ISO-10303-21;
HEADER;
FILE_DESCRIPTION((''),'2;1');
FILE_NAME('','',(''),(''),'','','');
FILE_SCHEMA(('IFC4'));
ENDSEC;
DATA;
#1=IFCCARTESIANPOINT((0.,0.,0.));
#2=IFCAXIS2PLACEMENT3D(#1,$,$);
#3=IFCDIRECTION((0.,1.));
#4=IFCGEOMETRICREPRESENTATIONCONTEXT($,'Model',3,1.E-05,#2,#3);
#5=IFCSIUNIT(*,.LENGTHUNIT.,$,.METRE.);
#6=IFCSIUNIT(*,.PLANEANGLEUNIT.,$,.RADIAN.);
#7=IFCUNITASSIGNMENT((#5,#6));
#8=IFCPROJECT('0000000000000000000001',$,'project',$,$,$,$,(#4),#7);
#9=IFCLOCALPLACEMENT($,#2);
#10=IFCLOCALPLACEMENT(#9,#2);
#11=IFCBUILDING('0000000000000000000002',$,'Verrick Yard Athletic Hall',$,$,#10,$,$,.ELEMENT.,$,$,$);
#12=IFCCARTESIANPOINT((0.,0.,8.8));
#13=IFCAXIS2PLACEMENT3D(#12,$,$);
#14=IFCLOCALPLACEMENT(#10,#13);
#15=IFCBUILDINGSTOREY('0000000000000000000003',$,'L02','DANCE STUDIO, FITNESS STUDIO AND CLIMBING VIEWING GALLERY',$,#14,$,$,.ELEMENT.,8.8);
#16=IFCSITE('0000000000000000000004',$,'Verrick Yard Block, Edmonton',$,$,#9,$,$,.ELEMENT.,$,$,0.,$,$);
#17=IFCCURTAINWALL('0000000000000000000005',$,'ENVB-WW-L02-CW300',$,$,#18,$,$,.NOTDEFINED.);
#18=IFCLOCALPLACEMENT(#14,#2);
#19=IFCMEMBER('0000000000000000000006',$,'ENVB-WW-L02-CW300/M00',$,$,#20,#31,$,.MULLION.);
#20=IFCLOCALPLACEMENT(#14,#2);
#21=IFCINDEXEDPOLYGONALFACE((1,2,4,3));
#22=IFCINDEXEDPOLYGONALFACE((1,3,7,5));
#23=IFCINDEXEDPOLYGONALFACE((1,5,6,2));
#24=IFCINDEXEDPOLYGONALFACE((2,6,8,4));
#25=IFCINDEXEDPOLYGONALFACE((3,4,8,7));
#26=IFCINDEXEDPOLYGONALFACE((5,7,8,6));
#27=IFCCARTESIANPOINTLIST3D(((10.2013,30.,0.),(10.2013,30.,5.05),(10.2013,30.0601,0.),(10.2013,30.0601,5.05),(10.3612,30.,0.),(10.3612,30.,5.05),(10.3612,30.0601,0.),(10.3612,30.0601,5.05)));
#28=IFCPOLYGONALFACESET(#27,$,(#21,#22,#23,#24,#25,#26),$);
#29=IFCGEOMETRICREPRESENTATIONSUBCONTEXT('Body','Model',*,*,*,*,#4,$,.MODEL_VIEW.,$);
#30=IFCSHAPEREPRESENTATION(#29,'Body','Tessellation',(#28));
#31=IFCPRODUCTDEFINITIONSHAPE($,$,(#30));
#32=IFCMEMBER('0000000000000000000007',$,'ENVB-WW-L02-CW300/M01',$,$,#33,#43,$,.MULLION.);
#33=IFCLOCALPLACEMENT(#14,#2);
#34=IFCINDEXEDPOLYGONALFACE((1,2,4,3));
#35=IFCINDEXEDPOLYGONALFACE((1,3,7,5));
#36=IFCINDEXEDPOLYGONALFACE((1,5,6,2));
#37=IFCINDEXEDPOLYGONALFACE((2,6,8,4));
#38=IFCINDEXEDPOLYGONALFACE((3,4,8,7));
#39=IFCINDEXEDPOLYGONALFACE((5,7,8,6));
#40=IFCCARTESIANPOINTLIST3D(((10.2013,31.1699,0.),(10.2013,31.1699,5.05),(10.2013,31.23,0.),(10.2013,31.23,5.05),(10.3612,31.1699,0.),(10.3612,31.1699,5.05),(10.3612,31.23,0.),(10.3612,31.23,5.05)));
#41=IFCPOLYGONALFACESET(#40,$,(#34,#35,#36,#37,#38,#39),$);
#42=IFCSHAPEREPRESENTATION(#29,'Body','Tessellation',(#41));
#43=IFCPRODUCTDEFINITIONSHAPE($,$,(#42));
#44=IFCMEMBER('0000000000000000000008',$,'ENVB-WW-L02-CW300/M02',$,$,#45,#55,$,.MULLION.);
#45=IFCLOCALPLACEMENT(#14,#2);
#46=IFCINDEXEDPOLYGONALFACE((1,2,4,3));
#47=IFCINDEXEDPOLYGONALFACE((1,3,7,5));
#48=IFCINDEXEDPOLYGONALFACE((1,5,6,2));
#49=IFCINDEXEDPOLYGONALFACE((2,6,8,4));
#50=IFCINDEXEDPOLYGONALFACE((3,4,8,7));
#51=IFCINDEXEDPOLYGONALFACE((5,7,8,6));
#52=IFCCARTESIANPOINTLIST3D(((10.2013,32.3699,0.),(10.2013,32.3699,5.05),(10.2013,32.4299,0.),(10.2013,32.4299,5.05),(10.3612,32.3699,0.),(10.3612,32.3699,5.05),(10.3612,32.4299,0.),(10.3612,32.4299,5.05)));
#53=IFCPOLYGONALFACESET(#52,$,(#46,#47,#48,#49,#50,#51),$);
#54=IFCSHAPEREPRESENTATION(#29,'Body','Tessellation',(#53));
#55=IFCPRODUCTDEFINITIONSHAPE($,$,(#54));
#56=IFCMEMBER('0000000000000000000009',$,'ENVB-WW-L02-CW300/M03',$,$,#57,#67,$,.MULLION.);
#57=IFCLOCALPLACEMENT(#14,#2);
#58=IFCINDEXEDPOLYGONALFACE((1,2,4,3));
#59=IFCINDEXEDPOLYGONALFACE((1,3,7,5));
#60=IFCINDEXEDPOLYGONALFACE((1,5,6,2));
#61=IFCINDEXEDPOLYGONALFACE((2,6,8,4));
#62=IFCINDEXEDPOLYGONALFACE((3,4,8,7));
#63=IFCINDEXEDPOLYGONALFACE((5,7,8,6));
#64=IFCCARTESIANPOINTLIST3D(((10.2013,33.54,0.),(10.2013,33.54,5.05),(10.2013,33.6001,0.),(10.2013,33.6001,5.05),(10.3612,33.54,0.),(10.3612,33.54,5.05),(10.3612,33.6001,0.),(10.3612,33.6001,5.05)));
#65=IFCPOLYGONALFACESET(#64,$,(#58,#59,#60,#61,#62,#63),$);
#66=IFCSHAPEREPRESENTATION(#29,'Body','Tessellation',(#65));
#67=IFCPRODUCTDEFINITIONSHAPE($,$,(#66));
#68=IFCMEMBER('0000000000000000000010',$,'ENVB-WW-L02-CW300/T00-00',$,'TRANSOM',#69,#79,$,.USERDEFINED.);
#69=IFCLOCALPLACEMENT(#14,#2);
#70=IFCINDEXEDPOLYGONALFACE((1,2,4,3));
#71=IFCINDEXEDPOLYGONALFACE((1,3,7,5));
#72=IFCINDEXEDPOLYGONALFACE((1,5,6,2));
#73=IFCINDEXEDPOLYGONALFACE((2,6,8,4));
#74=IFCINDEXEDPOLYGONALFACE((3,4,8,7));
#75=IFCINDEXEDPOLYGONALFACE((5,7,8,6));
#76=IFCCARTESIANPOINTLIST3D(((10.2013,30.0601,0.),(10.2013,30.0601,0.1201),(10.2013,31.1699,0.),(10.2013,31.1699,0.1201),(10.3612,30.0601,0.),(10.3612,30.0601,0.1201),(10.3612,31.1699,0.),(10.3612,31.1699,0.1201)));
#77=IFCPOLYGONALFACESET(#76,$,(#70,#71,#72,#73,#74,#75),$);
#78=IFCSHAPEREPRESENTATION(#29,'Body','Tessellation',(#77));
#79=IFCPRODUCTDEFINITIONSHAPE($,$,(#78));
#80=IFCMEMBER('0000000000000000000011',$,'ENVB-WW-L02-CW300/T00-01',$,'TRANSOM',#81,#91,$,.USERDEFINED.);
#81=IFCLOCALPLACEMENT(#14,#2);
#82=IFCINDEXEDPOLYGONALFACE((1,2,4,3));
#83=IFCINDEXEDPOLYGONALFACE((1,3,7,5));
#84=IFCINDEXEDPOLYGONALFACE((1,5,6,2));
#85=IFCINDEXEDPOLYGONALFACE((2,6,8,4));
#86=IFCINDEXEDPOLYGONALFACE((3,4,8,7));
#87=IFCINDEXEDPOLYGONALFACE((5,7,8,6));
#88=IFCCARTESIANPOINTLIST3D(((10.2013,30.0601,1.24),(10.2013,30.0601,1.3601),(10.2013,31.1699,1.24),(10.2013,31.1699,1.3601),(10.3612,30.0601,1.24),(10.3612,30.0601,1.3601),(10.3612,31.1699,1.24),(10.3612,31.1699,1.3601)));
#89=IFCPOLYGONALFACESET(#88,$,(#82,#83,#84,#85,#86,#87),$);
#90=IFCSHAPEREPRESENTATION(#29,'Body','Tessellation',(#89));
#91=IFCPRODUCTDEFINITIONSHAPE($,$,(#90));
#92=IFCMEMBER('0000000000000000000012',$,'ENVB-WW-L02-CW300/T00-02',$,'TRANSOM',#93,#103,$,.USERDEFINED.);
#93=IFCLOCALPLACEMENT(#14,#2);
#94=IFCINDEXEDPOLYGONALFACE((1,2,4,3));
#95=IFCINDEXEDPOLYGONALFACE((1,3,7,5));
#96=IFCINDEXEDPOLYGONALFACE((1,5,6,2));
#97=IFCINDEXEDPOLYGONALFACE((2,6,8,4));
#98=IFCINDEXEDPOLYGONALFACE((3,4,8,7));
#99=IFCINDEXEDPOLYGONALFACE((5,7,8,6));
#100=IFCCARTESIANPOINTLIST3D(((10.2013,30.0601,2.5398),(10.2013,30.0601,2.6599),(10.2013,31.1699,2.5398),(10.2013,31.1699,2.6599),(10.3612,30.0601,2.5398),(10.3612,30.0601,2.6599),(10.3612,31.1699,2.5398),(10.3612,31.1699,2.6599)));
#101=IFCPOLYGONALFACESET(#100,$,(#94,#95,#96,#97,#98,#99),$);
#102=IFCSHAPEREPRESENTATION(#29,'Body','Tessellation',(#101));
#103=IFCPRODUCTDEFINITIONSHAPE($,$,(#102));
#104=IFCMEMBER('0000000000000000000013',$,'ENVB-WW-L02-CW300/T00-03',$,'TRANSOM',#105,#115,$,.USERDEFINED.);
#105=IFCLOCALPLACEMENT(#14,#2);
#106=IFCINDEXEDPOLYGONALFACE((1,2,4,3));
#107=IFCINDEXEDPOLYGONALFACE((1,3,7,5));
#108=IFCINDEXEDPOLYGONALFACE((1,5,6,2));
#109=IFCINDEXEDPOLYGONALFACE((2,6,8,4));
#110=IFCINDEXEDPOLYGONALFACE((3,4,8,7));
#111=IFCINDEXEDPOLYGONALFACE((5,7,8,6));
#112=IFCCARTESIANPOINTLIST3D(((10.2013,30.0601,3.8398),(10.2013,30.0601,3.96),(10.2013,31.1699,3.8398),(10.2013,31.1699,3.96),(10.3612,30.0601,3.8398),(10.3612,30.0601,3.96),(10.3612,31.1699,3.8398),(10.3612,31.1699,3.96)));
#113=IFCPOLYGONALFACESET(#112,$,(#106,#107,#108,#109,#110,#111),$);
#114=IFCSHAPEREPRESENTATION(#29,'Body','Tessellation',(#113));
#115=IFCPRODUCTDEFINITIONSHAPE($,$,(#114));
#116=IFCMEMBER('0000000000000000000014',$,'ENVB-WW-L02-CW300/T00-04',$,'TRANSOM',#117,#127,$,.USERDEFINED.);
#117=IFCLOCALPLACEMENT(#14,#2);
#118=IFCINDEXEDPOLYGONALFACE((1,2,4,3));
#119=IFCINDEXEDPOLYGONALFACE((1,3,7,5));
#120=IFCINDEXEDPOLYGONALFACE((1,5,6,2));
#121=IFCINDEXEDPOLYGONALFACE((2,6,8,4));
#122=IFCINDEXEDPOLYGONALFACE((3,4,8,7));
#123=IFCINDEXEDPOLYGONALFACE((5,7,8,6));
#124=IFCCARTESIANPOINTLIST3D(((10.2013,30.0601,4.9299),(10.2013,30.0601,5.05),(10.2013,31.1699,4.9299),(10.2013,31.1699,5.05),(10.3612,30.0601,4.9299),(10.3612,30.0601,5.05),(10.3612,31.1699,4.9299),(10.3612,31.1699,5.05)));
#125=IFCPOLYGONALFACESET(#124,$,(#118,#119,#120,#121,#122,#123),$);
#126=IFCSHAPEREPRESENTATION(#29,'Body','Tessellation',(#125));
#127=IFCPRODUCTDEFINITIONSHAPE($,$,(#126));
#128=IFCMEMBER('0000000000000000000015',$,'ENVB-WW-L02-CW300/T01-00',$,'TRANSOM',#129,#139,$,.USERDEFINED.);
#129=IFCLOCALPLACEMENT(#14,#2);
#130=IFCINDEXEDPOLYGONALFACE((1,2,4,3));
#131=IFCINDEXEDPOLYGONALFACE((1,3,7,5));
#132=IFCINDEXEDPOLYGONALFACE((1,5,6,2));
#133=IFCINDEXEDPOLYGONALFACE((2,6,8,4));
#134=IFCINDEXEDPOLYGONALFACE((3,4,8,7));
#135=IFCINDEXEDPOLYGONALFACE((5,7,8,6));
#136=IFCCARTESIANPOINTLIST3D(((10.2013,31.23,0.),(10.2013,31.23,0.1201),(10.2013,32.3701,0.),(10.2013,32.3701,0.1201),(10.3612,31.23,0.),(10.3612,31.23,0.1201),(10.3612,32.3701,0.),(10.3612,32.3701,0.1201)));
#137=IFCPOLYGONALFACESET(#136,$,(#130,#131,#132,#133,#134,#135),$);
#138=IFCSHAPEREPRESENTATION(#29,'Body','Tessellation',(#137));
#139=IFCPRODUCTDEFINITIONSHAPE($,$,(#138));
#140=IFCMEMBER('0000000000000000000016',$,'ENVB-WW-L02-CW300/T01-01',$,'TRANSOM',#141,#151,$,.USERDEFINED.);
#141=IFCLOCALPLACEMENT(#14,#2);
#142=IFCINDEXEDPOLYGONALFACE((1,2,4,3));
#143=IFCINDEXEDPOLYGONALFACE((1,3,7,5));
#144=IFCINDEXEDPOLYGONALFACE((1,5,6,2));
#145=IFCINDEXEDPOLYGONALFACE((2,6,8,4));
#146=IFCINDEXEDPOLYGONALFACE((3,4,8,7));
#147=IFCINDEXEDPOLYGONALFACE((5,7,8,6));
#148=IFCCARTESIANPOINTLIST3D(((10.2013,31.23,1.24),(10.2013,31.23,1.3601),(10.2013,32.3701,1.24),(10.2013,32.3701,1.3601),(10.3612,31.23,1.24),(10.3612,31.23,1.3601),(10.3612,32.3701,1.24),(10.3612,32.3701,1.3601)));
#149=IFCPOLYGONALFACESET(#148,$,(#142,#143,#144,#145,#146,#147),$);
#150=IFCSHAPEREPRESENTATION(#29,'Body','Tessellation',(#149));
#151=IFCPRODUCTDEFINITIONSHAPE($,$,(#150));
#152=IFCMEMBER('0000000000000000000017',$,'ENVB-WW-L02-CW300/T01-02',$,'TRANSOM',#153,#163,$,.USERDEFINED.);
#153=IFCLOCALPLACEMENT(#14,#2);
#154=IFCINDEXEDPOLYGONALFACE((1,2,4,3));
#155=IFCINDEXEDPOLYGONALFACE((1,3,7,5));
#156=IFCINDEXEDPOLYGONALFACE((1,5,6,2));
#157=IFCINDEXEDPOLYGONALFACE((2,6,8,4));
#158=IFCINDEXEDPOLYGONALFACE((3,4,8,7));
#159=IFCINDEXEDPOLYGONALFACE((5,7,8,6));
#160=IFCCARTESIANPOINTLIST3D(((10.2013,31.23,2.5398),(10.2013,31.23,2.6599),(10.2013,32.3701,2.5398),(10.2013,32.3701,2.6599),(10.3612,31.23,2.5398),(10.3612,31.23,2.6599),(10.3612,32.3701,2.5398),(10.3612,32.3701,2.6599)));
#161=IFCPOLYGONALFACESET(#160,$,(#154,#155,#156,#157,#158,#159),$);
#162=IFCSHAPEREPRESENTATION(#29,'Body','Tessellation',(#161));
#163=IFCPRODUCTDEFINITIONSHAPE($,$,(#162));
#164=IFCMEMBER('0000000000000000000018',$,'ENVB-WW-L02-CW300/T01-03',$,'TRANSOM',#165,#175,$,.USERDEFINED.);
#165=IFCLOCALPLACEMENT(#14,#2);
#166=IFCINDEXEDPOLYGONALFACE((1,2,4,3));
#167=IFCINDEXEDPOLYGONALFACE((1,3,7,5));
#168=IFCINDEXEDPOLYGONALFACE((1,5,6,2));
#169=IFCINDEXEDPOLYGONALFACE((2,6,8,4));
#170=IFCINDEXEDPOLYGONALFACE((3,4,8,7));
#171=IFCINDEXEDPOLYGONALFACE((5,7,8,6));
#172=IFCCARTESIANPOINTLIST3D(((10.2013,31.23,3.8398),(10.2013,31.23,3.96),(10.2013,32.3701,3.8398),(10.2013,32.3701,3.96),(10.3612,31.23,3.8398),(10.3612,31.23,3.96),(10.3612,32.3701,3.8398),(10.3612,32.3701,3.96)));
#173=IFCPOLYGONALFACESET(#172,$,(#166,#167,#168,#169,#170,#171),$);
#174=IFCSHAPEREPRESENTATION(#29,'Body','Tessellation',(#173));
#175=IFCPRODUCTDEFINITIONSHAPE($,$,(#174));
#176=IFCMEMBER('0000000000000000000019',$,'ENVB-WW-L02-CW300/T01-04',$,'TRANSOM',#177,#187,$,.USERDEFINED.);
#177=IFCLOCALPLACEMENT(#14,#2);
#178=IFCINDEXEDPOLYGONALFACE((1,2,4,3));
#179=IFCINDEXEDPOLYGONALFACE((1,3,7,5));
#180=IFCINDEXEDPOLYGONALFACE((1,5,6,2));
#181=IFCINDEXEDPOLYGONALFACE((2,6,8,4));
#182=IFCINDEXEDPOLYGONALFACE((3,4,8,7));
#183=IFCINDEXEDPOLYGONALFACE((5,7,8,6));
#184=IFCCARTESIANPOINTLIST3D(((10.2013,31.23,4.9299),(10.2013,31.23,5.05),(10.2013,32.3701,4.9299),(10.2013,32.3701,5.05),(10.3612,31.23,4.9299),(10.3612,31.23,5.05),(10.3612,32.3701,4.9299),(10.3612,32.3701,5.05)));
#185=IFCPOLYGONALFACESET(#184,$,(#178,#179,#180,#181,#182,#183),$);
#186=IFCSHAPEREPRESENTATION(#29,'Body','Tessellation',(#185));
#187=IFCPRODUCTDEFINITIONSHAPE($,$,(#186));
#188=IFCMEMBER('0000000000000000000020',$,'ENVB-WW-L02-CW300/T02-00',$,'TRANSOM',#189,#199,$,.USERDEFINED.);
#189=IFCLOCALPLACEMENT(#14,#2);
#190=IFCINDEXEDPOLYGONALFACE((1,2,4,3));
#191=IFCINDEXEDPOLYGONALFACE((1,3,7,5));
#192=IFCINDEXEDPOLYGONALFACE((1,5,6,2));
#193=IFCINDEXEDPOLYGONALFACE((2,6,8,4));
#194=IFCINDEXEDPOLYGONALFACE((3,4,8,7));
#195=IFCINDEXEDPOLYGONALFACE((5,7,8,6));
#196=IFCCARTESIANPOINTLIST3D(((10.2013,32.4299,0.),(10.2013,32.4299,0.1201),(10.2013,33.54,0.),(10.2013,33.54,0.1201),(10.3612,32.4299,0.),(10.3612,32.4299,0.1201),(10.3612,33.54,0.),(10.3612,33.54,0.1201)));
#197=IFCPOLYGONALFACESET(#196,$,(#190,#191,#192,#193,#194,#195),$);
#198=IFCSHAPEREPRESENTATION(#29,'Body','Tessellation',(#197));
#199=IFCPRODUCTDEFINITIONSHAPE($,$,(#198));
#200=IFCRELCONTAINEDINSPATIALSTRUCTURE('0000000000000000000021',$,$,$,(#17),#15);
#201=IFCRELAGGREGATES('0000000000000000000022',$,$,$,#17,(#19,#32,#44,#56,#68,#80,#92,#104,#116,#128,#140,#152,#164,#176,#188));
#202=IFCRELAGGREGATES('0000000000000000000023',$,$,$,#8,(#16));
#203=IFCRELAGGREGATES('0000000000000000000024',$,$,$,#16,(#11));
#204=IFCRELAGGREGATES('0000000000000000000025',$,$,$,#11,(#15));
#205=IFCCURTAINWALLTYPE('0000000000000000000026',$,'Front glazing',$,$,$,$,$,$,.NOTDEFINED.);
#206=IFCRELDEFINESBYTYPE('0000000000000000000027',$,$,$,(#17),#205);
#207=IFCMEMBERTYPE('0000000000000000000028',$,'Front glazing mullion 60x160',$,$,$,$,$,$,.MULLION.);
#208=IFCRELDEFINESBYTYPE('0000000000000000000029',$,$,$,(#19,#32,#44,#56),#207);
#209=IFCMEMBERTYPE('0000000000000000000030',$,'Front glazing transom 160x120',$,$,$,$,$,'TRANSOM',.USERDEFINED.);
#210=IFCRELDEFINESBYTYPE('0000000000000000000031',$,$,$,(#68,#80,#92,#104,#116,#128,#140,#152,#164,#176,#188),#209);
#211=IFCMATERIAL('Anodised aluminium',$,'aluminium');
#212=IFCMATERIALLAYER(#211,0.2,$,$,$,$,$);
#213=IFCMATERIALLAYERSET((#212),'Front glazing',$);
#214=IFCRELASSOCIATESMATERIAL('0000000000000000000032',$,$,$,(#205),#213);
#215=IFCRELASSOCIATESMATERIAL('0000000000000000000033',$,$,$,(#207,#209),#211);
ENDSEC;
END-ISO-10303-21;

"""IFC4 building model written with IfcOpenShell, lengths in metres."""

from ifc_helpers import new_model, si_unit, direction, frame, origin, origin_2d, place, context, subcontext, project, spatial, rectangle, extrude, material, layer, layer_set, material_profile, profile_set, type_object, element, aggregate, save


model = new_model("IFC4")

# Units and contexts
model_context = context("Model", 3, precision=1e-05, world=origin(), true_north=direction((0.0, 1.0)))
body_context = subcontext(model_context, "Body", "Model", "MODEL_VIEW")
ifc_project = project(units=[si_unit("LENGTHUNIT", "METRE"), si_unit("PLANEANGLEUNIT", "RADIAN")], contexts=[model_context])

# Site, building, storey
site_placement = place(None, origin())
site = spatial("IfcSite", under=ifc_project, at=site_placement, Name="Verrick Yard Block, Edmonton", CompositionType="ELEMENT", RefElevation=0.0)
building_placement = place(site_placement, origin())
building = spatial("IfcBuilding", under=site, at=building_placement, Name="Verrick Yard Athletic Hall", CompositionType="ELEMENT")
storey_placement = place(building_placement, frame((0.0, 0.0, 8.8)))
storey = spatial("IfcBuildingStorey", under=building, at=storey_placement, Name="L02", Description="DANCE STUDIO, FITNESS STUDIO AND CLIMBING VIEWING GALLERY", CompositionType="ELEMENT", Elevation=8.8)

# Curtain wall, members
ifc_material_1 = material(Name="Anodised aluminium", Category="aluminium")
ifc_layer_1 = layer(ifc_material_1, 0.2)
ifc_layer_set_1 = layer_set([ifc_layer_1], Name="Front glazing")
curtain_wall_type = type_object("IfcCurtainWallType", Name="Front glazing", PredefinedType="NOTDEFINED", material=ifc_layer_set_1)
curtain_wall_placement = place(storey_placement, origin())
curtain_wall = element("IfcCurtainWall", 1, at=curtain_wall_placement, inside=storey, type_object=curtain_wall_type, Name="ENVB-WW-L02-CW300", PredefinedType="NOTDEFINED")
ifc_material_profile_1 = material_profile(ifc_material_1, rectangle(XDim=0.1599, YDim=0.0601, at=origin_2d()), Name="CW mullion 60x160")
ifc_profile_set_1 = profile_set([ifc_material_profile_1], Name="Anodised aluminium")
member_type_1 = type_object("IfcMemberType", Name="Front glazing mullion 60x160", PredefinedType="MULLION", material=ifc_profile_set_1)
member_1_placement = place(storey_placement, frame((10.2812, 30.03, 0.0), z_axis=(0.0, 0.0, 1.0), x_axis=(-1.0, 0.0, 0.0)))
member_1 = element("IfcMember", 2, at=member_1_placement, type_object=member_type_1, Name="ENVB-WW-L02-CW300/M00", PredefinedType="MULLION", context=body_context, shape_type="SweptSolid", body=[
    extrude(rectangle(XDim=0.1599, YDim=0.0601, at=origin_2d()), origin(), (0.0, 0.0, 1.0), 5.05),
])
member_2_placement = place(storey_placement, frame((10.2812, 31.2, 0.0), z_axis=(0.0, 0.0, 1.0), x_axis=(-1.0, 0.0, 0.0)))
member_2 = element("IfcMember", 3, at=member_2_placement, type_object=member_type_1, Name="ENVB-WW-L02-CW300/M01", PredefinedType="MULLION", context=body_context, shape_type="SweptSolid", body=[
    extrude(rectangle(XDim=0.1599, YDim=0.0601, at=origin_2d()), origin(), (0.0, 0.0, 1.0), 5.05),
])
member_3_placement = place(storey_placement, frame((10.2812, 32.3999, 0.0), z_axis=(0.0, 0.0, 1.0), x_axis=(-1.0, 0.0, 0.0)))
member_3 = element("IfcMember", 4, at=member_3_placement, type_object=member_type_1, Name="ENVB-WW-L02-CW300/M02", PredefinedType="MULLION", context=body_context, shape_type="SweptSolid", body=[
    extrude(rectangle(XDim=0.1599, YDim=0.0601, at=origin_2d()), origin(), (0.0, 0.0, 1.0), 5.05),
])
member_4_placement = place(storey_placement, frame((10.2812, 33.5701, 0.0), z_axis=(0.0, 0.0, 1.0), x_axis=(-1.0, 0.0, 0.0)))
member_4 = element("IfcMember", 5, at=member_4_placement, type_object=member_type_1, Name="ENVB-WW-L02-CW300/M03", PredefinedType="MULLION", context=body_context, shape_type="SweptSolid", body=[
    extrude(rectangle(XDim=0.1599, YDim=0.0601, at=origin_2d()), origin(), (0.0, 0.0, 1.0), 5.05),
])
ifc_material_profile_2 = material_profile(ifc_material_1, rectangle(XDim=0.1599, YDim=0.1201, at=origin_2d()), Name="CW transom 160x120")
ifc_profile_set_2 = profile_set([ifc_material_profile_2], Name="Anodised aluminium")
member_type_2 = type_object("IfcMemberType", Name="Front glazing transom 160x120", ElementType="TRANSOM", PredefinedType="USERDEFINED", material=ifc_profile_set_2)
member_5_placement = place(storey_placement, frame((10.2812, 30.0601, 0.0601), z_axis=(0.0, 1.0, 0.0), x_axis=(-1.0, 0.0, 0.0)))
member_5 = element("IfcMember", 6, at=member_5_placement, type_object=member_type_2, Name="ENVB-WW-L02-CW300/T00-00", ObjectType="TRANSOM", PredefinedType="USERDEFINED", context=body_context, shape_type="SweptSolid", body=[
    extrude(rectangle(XDim=0.1599, YDim=0.1201, at=origin_2d()), origin(), (0.0, 0.0, 1.0), 1.1099),
])
member_6_placement = place(storey_placement, frame((10.2812, 30.0601, 1.3), z_axis=(0.0, 1.0, 0.0), x_axis=(-1.0, 0.0, 0.0)))
member_6 = element("IfcMember", 7, at=member_6_placement, type_object=member_type_2, Name="ENVB-WW-L02-CW300/T00-01", ObjectType="TRANSOM", PredefinedType="USERDEFINED", context=body_context, shape_type="SweptSolid", body=[
    extrude(rectangle(XDim=0.1599, YDim=0.1201, at=origin_2d()), origin(), (0.0, 0.0, 1.0), 1.1099),
])
member_7_placement = place(storey_placement, frame((10.2812, 30.0601, 2.5999), z_axis=(0.0, 1.0, 0.0), x_axis=(-1.0, 0.0, 0.0)))
member_7 = element("IfcMember", 8, at=member_7_placement, type_object=member_type_2, Name="ENVB-WW-L02-CW300/T00-02", ObjectType="TRANSOM", PredefinedType="USERDEFINED", context=body_context, shape_type="SweptSolid", body=[
    extrude(rectangle(XDim=0.1599, YDim=0.1201, at=origin_2d()), origin(), (0.0, 0.0, 1.0), 1.1099),
])
member_8_placement = place(storey_placement, frame((10.2812, 30.0601, 3.8999), z_axis=(0.0, 1.0, 0.0), x_axis=(-1.0, 0.0, 0.0)))
member_8 = element("IfcMember", 9, at=member_8_placement, type_object=member_type_2, Name="ENVB-WW-L02-CW300/T00-03", ObjectType="TRANSOM", PredefinedType="USERDEFINED", context=body_context, shape_type="SweptSolid", body=[
    extrude(rectangle(XDim=0.1599, YDim=0.1201, at=origin_2d()), origin(), (0.0, 0.0, 1.0), 1.1099),
])
member_9_placement = place(storey_placement, frame((10.2812, 30.0601, 4.99), z_axis=(0.0, 1.0, 0.0), x_axis=(-1.0, 0.0, 0.0)))
member_9 = element("IfcMember", 10, at=member_9_placement, type_object=member_type_2, Name="ENVB-WW-L02-CW300/T00-04", ObjectType="TRANSOM", PredefinedType="USERDEFINED", context=body_context, shape_type="SweptSolid", body=[
    extrude(rectangle(XDim=0.1599, YDim=0.1201, at=origin_2d()), origin(), (0.0, 0.0, 1.0), 1.1099),
])
member_10_placement = place(storey_placement, frame((10.2812, 31.23, 0.0601), z_axis=(0.0, 1.0, 0.0), x_axis=(-1.0, 0.0, 0.0)))
member_10 = element("IfcMember", 11, at=member_10_placement, type_object=member_type_2, Name="ENVB-WW-L02-CW300/T01-00", ObjectType="TRANSOM", PredefinedType="USERDEFINED", context=body_context, shape_type="SweptSolid", body=[
    extrude(rectangle(XDim=0.1599, YDim=0.1201, at=origin_2d()), origin(), (0.0, 0.0, 1.0), 1.1401),
])
member_11_placement = place(storey_placement, frame((10.2812, 31.23, 1.3), z_axis=(0.0, 1.0, 0.0), x_axis=(-1.0, 0.0, 0.0)))
member_11 = element("IfcMember", 12, at=member_11_placement, type_object=member_type_2, Name="ENVB-WW-L02-CW300/T01-01", ObjectType="TRANSOM", PredefinedType="USERDEFINED", context=body_context, shape_type="SweptSolid", body=[
    extrude(rectangle(XDim=0.1599, YDim=0.1201, at=origin_2d()), origin(), (0.0, 0.0, 1.0), 1.1401),
])
member_12_placement = place(storey_placement, frame((10.2812, 31.23, 2.5999), z_axis=(0.0, 1.0, 0.0), x_axis=(-1.0, 0.0, 0.0)))
member_12 = element("IfcMember", 13, at=member_12_placement, type_object=member_type_2, Name="ENVB-WW-L02-CW300/T01-02", ObjectType="TRANSOM", PredefinedType="USERDEFINED", context=body_context, shape_type="SweptSolid", body=[
    extrude(rectangle(XDim=0.1599, YDim=0.1201, at=origin_2d()), origin(), (0.0, 0.0, 1.0), 1.1401),
])
member_13_placement = place(storey_placement, frame((10.2812, 31.23, 3.8999), z_axis=(0.0, 1.0, 0.0), x_axis=(-1.0, 0.0, 0.0)))
member_13 = element("IfcMember", 14, at=member_13_placement, type_object=member_type_2, Name="ENVB-WW-L02-CW300/T01-03", ObjectType="TRANSOM", PredefinedType="USERDEFINED", context=body_context, shape_type="SweptSolid", body=[
    extrude(rectangle(XDim=0.1599, YDim=0.1201, at=origin_2d()), origin(), (0.0, 0.0, 1.0), 1.1401),
])
member_14_placement = place(storey_placement, frame((10.2812, 31.23, 4.99), z_axis=(0.0, 1.0, 0.0), x_axis=(-1.0, 0.0, 0.0)))
member_14 = element("IfcMember", 15, at=member_14_placement, type_object=member_type_2, Name="ENVB-WW-L02-CW300/T01-04", ObjectType="TRANSOM", PredefinedType="USERDEFINED", context=body_context, shape_type="SweptSolid", body=[
    extrude(rectangle(XDim=0.1599, YDim=0.1201, at=origin_2d()), origin(), (0.0, 0.0, 1.0), 1.1401),
])
member_15_placement = place(storey_placement, frame((10.2812, 32.4299, 0.0601), z_axis=(0.0, 1.0, 0.0), x_axis=(-1.0, 0.0, 0.0)))
member_15 = element("IfcMember", 16, at=member_15_placement, type_object=member_type_2, Name="ENVB-WW-L02-CW300/T02-00", ObjectType="TRANSOM", PredefinedType="USERDEFINED", context=body_context, shape_type="SweptSolid", body=[
    extrude(rectangle(XDim=0.1599, YDim=0.1201, at=origin_2d()), origin(), (0.0, 0.0, 1.0), 1.1101),
])
aggregate(curtain_wall, [member_1, member_2, member_3, member_4, member_5, member_6, member_7, member_8, member_9, member_10, member_11, member_12, member_13, member_14, member_15])

save(model, "model.ifc")
